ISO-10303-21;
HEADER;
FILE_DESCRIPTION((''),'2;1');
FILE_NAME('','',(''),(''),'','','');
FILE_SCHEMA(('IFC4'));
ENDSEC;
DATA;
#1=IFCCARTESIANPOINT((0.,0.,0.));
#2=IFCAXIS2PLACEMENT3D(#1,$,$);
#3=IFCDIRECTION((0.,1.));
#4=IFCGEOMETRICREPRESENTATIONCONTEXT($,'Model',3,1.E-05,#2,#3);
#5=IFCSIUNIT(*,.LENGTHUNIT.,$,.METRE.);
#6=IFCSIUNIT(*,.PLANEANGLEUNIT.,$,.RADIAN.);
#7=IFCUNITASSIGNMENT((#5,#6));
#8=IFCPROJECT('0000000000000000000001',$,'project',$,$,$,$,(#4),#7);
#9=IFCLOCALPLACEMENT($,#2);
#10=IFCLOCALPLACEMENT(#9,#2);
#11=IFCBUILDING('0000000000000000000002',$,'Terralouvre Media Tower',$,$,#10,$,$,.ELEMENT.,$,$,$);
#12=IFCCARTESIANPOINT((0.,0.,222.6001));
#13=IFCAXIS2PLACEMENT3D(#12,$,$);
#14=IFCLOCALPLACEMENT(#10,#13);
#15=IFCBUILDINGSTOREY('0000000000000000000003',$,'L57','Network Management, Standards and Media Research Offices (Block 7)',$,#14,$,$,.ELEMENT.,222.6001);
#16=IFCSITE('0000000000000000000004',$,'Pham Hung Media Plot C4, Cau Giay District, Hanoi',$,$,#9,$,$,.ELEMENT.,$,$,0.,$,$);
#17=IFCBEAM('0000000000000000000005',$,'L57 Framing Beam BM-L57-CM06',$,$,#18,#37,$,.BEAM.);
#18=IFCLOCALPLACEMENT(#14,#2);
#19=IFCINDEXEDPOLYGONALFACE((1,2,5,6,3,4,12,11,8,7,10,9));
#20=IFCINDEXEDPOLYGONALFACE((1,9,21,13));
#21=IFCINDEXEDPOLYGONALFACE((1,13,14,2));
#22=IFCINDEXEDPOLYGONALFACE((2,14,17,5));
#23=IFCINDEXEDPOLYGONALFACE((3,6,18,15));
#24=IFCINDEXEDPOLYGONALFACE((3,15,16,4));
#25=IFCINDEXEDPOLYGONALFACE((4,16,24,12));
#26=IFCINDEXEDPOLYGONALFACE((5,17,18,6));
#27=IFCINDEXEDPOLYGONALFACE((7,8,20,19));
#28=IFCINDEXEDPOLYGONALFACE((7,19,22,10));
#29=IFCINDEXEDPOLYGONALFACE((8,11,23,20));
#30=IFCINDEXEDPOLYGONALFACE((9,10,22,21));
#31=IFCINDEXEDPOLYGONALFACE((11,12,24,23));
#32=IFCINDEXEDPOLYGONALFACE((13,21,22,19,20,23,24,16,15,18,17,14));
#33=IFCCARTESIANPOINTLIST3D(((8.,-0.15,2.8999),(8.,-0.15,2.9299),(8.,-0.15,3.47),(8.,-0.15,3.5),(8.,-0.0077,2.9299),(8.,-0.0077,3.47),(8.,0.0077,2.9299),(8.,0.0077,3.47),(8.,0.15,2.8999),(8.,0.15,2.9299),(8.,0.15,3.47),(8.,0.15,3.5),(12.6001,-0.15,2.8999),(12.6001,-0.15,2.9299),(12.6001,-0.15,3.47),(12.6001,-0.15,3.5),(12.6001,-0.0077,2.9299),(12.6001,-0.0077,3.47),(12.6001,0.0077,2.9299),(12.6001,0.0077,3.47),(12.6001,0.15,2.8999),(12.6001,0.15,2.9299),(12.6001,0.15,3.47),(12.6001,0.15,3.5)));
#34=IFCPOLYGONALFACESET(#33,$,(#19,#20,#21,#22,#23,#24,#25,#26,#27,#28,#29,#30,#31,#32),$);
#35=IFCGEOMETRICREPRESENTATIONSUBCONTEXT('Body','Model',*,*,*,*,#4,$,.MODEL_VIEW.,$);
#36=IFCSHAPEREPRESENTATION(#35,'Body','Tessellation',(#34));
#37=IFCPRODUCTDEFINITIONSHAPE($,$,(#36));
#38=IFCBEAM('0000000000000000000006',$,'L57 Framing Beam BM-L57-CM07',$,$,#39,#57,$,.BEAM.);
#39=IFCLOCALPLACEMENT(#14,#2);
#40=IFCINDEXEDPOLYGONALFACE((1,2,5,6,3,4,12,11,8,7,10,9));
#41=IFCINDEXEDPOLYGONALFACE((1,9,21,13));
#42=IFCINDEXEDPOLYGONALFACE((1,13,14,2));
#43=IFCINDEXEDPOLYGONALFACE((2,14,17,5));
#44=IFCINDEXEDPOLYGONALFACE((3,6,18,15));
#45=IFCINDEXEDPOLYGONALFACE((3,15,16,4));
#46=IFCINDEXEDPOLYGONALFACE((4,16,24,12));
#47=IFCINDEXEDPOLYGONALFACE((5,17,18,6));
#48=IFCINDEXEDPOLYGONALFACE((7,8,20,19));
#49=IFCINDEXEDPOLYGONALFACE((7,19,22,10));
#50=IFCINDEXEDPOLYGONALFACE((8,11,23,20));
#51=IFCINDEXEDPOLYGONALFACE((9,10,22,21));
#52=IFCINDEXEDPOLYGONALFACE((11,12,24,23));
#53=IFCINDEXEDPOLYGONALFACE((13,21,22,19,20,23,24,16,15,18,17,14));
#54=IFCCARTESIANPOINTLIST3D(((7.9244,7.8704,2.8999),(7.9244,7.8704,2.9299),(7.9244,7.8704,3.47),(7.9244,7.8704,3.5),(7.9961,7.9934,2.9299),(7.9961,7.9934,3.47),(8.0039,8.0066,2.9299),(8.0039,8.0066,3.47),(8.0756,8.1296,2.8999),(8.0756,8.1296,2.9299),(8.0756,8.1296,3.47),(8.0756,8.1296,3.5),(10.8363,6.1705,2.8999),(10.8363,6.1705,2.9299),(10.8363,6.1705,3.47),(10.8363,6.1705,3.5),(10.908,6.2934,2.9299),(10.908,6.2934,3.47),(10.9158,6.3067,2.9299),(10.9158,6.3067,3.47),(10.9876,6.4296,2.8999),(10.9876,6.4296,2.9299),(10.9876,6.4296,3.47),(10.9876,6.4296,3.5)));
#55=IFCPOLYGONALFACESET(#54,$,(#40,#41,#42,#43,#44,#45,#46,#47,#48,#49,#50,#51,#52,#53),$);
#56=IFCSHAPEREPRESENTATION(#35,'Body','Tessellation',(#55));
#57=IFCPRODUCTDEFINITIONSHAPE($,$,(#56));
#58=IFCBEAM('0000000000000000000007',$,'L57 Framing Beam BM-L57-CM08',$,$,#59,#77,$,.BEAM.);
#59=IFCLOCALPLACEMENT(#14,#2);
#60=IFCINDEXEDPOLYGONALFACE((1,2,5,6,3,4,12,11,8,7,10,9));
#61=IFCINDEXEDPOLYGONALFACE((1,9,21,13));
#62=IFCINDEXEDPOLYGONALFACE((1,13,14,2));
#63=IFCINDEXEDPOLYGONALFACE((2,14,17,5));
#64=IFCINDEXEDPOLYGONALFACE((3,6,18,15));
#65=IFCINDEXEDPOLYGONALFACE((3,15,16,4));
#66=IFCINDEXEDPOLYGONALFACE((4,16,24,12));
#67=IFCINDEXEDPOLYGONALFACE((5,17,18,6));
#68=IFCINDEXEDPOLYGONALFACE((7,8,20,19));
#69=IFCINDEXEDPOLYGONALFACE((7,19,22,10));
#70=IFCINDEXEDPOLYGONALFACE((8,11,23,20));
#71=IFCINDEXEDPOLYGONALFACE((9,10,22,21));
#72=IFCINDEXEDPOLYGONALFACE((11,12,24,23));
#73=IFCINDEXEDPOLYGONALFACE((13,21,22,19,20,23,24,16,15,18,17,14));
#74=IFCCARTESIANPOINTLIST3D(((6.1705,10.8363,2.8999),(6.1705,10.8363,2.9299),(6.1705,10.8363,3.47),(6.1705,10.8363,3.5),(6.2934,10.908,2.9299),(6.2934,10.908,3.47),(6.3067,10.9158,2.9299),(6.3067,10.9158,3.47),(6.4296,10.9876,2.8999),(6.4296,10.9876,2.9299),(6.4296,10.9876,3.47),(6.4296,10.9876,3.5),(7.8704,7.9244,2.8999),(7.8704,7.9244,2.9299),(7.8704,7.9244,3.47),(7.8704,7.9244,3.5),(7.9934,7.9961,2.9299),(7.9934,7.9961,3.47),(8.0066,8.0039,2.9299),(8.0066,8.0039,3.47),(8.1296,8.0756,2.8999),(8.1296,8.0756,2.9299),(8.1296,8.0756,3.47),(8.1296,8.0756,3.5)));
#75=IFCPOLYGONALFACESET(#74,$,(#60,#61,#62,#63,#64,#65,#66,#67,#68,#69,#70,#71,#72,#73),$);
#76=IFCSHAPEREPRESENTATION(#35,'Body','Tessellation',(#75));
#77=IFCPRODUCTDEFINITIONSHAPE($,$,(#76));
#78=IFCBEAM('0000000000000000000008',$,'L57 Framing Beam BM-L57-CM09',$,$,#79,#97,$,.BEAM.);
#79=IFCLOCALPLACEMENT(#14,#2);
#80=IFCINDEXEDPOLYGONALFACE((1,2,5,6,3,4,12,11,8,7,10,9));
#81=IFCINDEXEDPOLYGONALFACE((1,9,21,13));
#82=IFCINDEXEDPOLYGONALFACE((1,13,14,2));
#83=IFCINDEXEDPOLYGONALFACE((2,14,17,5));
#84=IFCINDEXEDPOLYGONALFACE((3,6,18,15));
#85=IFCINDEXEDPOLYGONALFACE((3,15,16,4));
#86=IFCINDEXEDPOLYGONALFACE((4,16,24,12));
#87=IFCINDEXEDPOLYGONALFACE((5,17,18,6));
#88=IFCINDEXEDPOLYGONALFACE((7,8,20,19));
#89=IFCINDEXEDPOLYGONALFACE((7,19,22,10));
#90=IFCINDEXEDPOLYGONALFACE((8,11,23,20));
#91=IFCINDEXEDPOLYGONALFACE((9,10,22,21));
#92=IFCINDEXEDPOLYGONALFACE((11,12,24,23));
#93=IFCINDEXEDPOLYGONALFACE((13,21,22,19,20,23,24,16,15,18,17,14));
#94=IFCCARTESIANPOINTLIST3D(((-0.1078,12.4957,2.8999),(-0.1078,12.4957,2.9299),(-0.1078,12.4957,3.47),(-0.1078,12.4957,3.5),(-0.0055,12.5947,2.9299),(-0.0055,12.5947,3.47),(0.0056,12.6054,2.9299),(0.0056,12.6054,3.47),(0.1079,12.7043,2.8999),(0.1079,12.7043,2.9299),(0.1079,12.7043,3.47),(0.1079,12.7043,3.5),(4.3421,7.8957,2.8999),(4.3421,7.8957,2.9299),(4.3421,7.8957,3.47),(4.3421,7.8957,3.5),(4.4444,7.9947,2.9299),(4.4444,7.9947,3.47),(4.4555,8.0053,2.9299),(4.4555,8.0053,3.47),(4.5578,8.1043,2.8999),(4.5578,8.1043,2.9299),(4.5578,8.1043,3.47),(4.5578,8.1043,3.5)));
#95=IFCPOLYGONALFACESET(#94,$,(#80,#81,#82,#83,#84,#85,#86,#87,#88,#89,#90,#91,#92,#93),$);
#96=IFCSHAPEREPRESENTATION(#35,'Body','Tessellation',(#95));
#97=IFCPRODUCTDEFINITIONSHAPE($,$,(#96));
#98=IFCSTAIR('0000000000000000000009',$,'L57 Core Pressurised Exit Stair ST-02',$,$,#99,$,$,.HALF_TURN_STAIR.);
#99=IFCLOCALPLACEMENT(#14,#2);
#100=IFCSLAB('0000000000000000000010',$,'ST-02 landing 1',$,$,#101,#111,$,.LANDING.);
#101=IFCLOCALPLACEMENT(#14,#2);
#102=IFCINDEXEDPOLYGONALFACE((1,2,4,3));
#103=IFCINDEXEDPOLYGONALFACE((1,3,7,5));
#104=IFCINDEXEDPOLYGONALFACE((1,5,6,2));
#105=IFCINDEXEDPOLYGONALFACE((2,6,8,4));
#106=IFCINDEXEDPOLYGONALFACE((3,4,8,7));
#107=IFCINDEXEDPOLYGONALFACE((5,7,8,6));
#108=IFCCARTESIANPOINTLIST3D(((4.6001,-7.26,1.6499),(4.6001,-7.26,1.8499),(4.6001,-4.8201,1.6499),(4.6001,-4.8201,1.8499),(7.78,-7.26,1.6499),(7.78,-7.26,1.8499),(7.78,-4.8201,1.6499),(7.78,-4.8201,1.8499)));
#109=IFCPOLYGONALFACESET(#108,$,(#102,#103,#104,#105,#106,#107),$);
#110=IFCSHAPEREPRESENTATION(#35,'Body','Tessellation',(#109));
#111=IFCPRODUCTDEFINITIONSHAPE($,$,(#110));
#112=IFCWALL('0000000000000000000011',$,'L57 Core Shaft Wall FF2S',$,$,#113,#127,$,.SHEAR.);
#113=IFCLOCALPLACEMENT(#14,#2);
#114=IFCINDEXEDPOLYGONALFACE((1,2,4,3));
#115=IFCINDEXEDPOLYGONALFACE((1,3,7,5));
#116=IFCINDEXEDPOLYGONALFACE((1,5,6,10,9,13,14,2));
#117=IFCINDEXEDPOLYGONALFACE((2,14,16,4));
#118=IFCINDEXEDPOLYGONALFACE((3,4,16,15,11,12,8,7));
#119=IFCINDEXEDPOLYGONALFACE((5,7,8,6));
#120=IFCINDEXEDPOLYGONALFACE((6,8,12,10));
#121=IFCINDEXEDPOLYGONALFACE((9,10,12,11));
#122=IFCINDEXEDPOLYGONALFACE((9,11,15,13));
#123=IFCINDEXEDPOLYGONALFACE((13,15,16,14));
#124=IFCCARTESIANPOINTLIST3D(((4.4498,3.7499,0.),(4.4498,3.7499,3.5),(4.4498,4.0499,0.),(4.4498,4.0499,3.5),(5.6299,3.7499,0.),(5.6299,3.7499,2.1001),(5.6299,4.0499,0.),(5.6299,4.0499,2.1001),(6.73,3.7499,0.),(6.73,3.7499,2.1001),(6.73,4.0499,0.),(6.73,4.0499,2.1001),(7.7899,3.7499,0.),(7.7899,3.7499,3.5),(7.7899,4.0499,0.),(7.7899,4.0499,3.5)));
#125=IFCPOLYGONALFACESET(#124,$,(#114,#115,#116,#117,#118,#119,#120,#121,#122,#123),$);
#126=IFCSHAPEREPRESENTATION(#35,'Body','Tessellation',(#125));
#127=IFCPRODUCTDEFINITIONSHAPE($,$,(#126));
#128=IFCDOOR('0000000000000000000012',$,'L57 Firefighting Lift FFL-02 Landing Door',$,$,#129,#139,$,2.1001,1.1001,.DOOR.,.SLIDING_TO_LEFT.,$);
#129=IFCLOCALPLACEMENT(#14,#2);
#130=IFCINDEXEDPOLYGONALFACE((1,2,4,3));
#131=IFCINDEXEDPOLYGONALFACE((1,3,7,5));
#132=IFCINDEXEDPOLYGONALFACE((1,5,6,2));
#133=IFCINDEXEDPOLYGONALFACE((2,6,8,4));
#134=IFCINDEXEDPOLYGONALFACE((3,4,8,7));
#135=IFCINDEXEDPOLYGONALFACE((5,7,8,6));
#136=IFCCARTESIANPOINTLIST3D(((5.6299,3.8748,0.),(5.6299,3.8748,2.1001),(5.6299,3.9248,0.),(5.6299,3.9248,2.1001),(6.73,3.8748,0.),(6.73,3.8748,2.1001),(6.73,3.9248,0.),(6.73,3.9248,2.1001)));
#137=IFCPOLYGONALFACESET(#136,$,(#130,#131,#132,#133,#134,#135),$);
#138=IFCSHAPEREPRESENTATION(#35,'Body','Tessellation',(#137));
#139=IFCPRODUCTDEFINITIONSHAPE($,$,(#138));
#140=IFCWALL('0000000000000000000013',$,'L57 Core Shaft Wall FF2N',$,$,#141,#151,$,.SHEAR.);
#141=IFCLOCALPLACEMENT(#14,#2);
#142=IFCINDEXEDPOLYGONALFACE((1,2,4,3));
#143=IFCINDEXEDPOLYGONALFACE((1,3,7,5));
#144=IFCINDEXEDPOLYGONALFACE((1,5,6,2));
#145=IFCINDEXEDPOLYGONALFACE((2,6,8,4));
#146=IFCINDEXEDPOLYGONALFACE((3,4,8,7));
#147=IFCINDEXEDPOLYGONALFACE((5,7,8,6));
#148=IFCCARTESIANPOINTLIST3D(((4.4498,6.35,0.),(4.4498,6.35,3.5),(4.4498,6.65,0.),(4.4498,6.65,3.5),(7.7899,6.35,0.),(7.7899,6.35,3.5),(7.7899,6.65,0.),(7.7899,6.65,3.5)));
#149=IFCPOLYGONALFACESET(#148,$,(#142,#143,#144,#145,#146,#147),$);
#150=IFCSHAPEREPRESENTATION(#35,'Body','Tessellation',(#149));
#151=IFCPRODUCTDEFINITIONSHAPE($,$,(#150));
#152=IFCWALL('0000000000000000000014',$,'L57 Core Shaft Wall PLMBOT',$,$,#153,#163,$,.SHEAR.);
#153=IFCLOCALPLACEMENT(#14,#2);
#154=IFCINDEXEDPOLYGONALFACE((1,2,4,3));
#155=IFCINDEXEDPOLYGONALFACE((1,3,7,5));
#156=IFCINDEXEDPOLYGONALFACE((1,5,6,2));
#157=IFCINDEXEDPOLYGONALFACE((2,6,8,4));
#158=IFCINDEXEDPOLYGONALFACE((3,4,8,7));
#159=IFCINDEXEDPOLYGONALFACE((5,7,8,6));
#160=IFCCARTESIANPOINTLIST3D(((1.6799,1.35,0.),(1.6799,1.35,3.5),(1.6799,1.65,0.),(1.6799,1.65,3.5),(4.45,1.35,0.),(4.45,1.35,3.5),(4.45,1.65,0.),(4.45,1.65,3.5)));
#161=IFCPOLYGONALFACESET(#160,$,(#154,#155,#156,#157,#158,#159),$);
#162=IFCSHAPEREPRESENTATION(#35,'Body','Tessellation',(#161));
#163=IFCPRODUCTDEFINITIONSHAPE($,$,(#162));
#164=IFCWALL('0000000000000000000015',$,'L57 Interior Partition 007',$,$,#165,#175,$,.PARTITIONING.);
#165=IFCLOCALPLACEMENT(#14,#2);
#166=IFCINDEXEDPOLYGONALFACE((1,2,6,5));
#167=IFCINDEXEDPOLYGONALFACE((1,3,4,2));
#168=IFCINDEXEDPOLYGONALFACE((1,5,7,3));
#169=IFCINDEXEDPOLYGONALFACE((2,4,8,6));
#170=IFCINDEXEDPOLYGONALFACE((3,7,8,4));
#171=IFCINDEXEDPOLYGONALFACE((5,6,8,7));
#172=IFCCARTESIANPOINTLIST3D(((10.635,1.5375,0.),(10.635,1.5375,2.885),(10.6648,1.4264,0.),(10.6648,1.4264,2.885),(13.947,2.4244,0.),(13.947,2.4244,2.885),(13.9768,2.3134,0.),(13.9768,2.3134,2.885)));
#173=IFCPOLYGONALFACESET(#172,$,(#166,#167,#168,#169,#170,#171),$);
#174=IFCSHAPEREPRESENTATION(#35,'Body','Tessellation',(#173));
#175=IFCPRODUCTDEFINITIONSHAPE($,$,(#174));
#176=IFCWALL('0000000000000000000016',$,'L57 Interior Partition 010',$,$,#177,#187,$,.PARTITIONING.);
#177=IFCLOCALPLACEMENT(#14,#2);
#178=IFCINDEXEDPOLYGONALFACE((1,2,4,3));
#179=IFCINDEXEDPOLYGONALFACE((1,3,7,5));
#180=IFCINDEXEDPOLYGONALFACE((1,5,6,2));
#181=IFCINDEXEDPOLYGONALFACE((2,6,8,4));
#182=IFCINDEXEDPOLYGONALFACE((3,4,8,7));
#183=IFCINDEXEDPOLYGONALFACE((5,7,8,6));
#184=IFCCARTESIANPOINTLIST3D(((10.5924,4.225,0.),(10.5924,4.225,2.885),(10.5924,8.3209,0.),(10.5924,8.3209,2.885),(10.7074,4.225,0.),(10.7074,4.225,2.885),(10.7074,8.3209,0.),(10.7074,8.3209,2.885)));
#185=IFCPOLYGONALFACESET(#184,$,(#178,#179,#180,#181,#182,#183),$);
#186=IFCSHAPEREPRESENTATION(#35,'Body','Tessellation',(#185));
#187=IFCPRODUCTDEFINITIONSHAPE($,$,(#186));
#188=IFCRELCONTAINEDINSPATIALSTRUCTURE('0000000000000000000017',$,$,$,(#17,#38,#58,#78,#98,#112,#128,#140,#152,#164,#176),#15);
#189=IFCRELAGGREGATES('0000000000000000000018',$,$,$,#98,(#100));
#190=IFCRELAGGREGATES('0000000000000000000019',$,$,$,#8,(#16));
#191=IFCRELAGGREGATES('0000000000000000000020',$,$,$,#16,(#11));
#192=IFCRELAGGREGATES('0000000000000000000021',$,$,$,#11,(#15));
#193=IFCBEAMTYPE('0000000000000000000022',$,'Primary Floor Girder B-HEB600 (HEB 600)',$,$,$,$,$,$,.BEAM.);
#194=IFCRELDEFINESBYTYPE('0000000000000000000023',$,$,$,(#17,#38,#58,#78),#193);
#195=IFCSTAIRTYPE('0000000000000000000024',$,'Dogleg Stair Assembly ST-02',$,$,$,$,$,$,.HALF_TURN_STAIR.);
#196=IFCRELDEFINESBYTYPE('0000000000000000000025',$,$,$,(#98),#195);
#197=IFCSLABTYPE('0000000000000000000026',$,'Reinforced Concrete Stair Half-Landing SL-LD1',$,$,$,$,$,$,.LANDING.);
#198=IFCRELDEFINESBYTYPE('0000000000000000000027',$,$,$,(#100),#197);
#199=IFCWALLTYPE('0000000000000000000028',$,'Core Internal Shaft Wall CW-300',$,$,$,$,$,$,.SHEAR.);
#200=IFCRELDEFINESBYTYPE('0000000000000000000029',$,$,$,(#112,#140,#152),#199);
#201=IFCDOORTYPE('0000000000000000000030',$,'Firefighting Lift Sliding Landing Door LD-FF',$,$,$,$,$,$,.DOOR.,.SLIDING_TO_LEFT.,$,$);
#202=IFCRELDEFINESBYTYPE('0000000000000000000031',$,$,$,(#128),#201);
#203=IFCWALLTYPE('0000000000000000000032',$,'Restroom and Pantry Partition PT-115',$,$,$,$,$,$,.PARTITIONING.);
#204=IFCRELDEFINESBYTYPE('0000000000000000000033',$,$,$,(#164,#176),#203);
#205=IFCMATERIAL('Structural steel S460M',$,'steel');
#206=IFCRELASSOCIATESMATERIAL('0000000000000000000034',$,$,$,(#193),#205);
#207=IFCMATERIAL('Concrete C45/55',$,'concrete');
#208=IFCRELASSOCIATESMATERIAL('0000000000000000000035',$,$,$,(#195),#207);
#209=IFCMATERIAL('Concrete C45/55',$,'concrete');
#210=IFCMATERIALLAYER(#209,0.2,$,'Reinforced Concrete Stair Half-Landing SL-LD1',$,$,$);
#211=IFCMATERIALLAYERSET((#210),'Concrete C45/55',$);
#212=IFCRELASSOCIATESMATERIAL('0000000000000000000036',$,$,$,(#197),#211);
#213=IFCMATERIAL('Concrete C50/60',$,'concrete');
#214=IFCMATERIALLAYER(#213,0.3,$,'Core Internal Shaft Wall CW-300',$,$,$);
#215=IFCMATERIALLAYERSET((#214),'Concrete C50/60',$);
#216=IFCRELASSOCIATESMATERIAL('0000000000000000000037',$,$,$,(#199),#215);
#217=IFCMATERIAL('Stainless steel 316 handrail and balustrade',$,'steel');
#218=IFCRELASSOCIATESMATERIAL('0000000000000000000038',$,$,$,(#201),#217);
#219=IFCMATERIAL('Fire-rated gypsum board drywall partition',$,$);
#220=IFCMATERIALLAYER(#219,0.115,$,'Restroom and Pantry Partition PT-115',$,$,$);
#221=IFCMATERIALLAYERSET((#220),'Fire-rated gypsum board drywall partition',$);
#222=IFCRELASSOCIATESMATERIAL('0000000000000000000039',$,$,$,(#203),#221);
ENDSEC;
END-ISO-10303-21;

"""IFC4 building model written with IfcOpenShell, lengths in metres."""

from ifc_helpers import new_model, si_unit, direction, frame, frame_2d, origin, origin_2d, place, context, subcontext, project, spatial, polyline, rectangle, i_section, outline, extrude, material, layer, layer_set, material_profile, profile_set, type_object, element, fill, aggregate, save


model = new_model("IFC4")

# Units and contexts
model_context = context("Model", 3, precision=1e-05, world=origin(), true_north=direction((0.0, 1.0)))
body_context = subcontext(model_context, "Body", "Model", "MODEL_VIEW")
ifc_project = project(units=[si_unit("LENGTHUNIT", "METRE"), si_unit("PLANEANGLEUNIT", "RADIAN")], contexts=[model_context])

# Site, building, storey
site_placement = place(None, origin())
site = spatial("IfcSite", under=ifc_project, at=site_placement, Name="Pham Hung Media Plot C4, Cau Giay District, Hanoi", CompositionType="ELEMENT", RefElevation=0.0)
building_placement = place(site_placement, origin())
building = spatial("IfcBuilding", under=site, at=building_placement, Name="Terralouvre Media Tower", CompositionType="ELEMENT")
storey_placement = place(building_placement, frame((0.0, 0.0, 222.6001)))
storey = spatial("IfcBuildingStorey", under=building, at=storey_placement, Name="L57", Description="Network Management, Standards and Media Research Offices (Block 7)", CompositionType="ELEMENT", Elevation=222.6001)

# Beams
ifc_material_1 = material(Name="Structural steel S460M", Category="steel")
ifc_material_profile_1 = material_profile(ifc_material_1, i_section(OverallWidth=0.3, OverallDepth=0.6001, WebThickness=0.0154, FlangeThickness=0.03, at=origin_2d()), Name="HEB 600")
ifc_profile_set_1 = profile_set([ifc_material_profile_1], Name="Structural steel S460M")
beam_type_1 = type_object("IfcBeamType", Name="Primary Floor Girder B-HEB600 (HEB 600)", PredefinedType="BEAM", material=ifc_profile_set_1)
beam_1_placement = place(storey_placement, frame((8.0, 0.0, 3.2), z_axis=(1.0, 0.0, 0.0), x_axis=(0.0, 1.0, 0.0)))
element("IfcBeam", 1, at=beam_1_placement, inside=storey, type_object=beam_type_1, Name="L57 Framing Beam BM-L57-CM06", PredefinedType="BEAM", context=body_context, shape_type="SweptSolid", body=[
    extrude(i_section(OverallWidth=0.3, OverallDepth=0.6001, WebThickness=0.0154, FlangeThickness=0.03, at=origin_2d()), origin(), (0.0, 0.0, 1.0), 4.6001),
])
for number, where, z_axis, x_axis, name in (
    (2, (8.0, 8.0, 3.2), (0.863603, -0.504173, 0.0), (0.504173, 0.863603, 0.0), "L57 Framing Beam BM-L57-CM07"),
    (3, (8.0, 8.0, 3.2), (-0.504173, 0.863603, 0.0), (-0.863603, -0.504173, 0.0), "L57 Framing Beam BM-L57-CM08"),
):
    element("IfcBeam", number, at=place(storey_placement, frame(where, z_axis=z_axis, x_axis=x_axis)), inside=storey, type_object=beam_type_1, Name=name, PredefinedType="BEAM", context=body_context, shape_type="SweptSolid", body=[
        extrude(i_section(OverallWidth=0.3, OverallDepth=0.6001, WebThickness=0.0154, FlangeThickness=0.03, at=origin_2d()), origin(), (0.0, 0.0, 1.0), 3.3718),
    ])
beam_2_placement = place(storey_placement, frame((4.45, 8.0, 3.2), z_axis=(-0.69528, 0.718739, 0.0), x_axis=(-0.718739, -0.69528, 0.0)))
element("IfcBeam", 4, at=beam_2_placement, inside=storey, type_object=beam_type_1, Name="L57 Framing Beam BM-L57-CM09", PredefinedType="BEAM", context=body_context, shape_type="SweptSolid", body=[
    extrude(i_section(OverallWidth=0.3, OverallDepth=0.6001, WebThickness=0.0154, FlangeThickness=0.03, at=origin_2d()), origin(), (0.0, 0.0, 1.0), 6.4001),
])

# Stair, slab
ifc_material_2 = material(Name="Concrete C45/55", Category="concrete")
stair_type = type_object("IfcStairType", Name="Dogleg Stair Assembly ST-02", PredefinedType="HALF_TURN_STAIR", material=ifc_material_2)
stair_placement = place(storey_placement, origin())
stair = element("IfcStair", 5, at=stair_placement, inside=storey, type_object=stair_type, Name="L57 Core Pressurised Exit Stair ST-02", PredefinedType="HALF_TURN_STAIR")
ifc_material_3 = material(Name="Concrete C45/55", Category="concrete")
ifc_layer_1 = layer(ifc_material_3, 0.2, Name="Reinforced Concrete Stair Half-Landing SL-LD1")
ifc_layer_set_1 = layer_set([ifc_layer_1], Name="Concrete C45/55")
slab_type = type_object("IfcSlabType", Name="Reinforced Concrete Stair Half-Landing SL-LD1", PredefinedType="LANDING", material=ifc_layer_set_1)
slab_placement = place(storey_placement, frame((0.0, 0.0, 1.6499)))
slab = element("IfcSlab", 6, at=slab_placement, type_object=slab_type, Name="ST-02 landing 1", PredefinedType="LANDING", context=body_context, shape_type="SweptSolid", body=[
    extrude(outline(polyline([(4.6001, -4.8201), (4.6001, -7.26), (7.78, -7.26), (7.78, -4.8201), (4.6001, -4.8201)])), origin(), (0.0, 0.0, 1.0), 0.2),
])
aggregate(stair, [slab])

# Wall, opening, door
ifc_material_4 = material(Name="Concrete C50/60", Category="concrete")
ifc_layer_2 = layer(ifc_material_4, 0.3, Name="Core Internal Shaft Wall CW-300")
ifc_layer_set_2 = layer_set([ifc_layer_2], Name="Concrete C50/60")
wall_type_1 = type_object("IfcWallType", Name="Core Internal Shaft Wall CW-300", PredefinedType="SHEAR", material=ifc_layer_set_2)
wall_1_placement = place(storey_placement, frame((4.45, 3.8999, 0.0), z_axis=(0.0, 0.0, 1.0), x_axis=(1.0, 0.0, 0.0)))
wall_1 = element("IfcWall", 7, at=wall_1_placement, inside=storey, type_object=wall_type_1, Name="L57 Core Shaft Wall FF2S", PredefinedType="SHEAR", context=body_context, shape_type="SweptSolid", body=[
    extrude(rectangle(XDim=3.3401, YDim=0.3, at=frame_2d((1.6699, 0.0))), origin(), (0.0, 0.0, 1.0), 3.5),
])
opening_placement = place(wall_1_placement, frame((1.1799, 0.0, 0.0)))
opening = element("IfcOpeningElement", 8, at=opening_placement, cuts=wall_1, PredefinedType="OPENING", context=body_context, shape_type="SweptSolid", body=[
    extrude(rectangle(XDim=1.1001, YDim=2.1001, at=frame_2d((0.55, 1.05))), frame((0.0, 0.1599, 0.0), z_axis=(0.0, -1.0, 0.0), x_axis=(1.0, 0.0, 0.0)), (0.0, 0.0, 1.0), 0.3201),
])
ifc_material_5 = material(Name="Stainless steel 316 handrail and balustrade", Category="steel")
door_type = type_object("IfcDoorType", Name="Firefighting Lift Sliding Landing Door LD-FF", OperationType="SLIDING_TO_LEFT", PredefinedType="DOOR", material=ifc_material_5)
door_placement = place(opening_placement, origin())
door = element("IfcDoor", 9, at=door_placement, inside=storey, type_object=door_type, Name="L57 Firefighting Lift FFL-02 Landing Door", OperationType="SLIDING_TO_LEFT", OverallHeight=2.1001, OverallWidth=1.1001, PredefinedType="DOOR", context=body_context, shape_type="SweptSolid", body=[
    extrude(rectangle(XDim=1.1001, YDim=2.1001, at=frame_2d((0.55, 1.05))), frame((0.0, 0.0249, 0.0), z_axis=(0.0, -1.0, 0.0), x_axis=(1.0, 0.0, 0.0)), (0.0, 0.0, 1.0), 0.05),
])
fill(opening, door)

# Walls
wall_2_placement = place(storey_placement, frame((4.45, 6.5, 0.0), z_axis=(0.0, 0.0, 1.0), x_axis=(1.0, 0.0, 0.0)))
element("IfcWall", 10, at=wall_2_placement, inside=storey, type_object=wall_type_1, Name="L57 Core Shaft Wall FF2N", PredefinedType="SHEAR", context=body_context, shape_type="SweptSolid", body=[
    extrude(rectangle(XDim=3.3401, YDim=0.3, at=frame_2d((1.6699, 0.0))), origin(), (0.0, 0.0, 1.0), 3.5),
])
wall_3_placement = place(storey_placement, frame((1.6799, 1.5, 0.0), z_axis=(0.0, 0.0, 1.0), x_axis=(1.0, 0.0, 0.0)))
element("IfcWall", 11, at=wall_3_placement, inside=storey, type_object=wall_type_1, Name="L57 Core Shaft Wall PLMBOT", PredefinedType="SHEAR", context=body_context, shape_type="SweptSolid", body=[
    extrude(rectangle(XDim=2.77, YDim=0.3, at=frame_2d((1.385, 0.0))), origin(), (0.0, 0.0, 1.0), 3.5),
])
ifc_material_6 = material(Name="Fire-rated gypsum board drywall partition")
ifc_layer_3 = layer(ifc_material_6, 0.115, Name="Restroom and Pantry Partition PT-115")
ifc_layer_set_3 = layer_set([ifc_layer_3], Name="Fire-rated gypsum board drywall partition")
wall_type_2 = type_object("IfcWallType", Name="Restroom and Pantry Partition PT-115", PredefinedType="PARTITIONING", material=ifc_layer_set_3)
wall_4_placement = place(storey_placement, frame((10.6499, 1.4819, 0.0), z_axis=(0.0, 0.0, 1.0), x_axis=(0.965961, 0.258686, 0.0)))
element("IfcWall", 12, at=wall_4_placement, inside=storey, type_object=wall_type_2, Name="L57 Interior Partition 007", PredefinedType="PARTITIONING", context=body_context, shape_type="SweptSolid", body=[
    extrude(rectangle(XDim=3.4287, YDim=0.115, at=frame_2d((1.7144, 0.0))), origin(), (0.0, 0.0, 1.0), 2.885),
])
wall_5_placement = place(storey_placement, frame((10.6499, 4.2251, 0.0), z_axis=(0.0, 0.0, 1.0), x_axis=(0.0, 1.0, 0.0)))
element("IfcWall", 13, at=wall_5_placement, inside=storey, type_object=wall_type_2, Name="L57 Interior Partition 010", PredefinedType="PARTITIONING", context=body_context, shape_type="SweptSolid", body=[
    extrude(rectangle(XDim=4.0959, YDim=0.115, at=frame_2d((2.0479, 0.0))), origin(), (0.0, 0.0, 1.0), 2.885),
])

save(model, "model.ifc")
